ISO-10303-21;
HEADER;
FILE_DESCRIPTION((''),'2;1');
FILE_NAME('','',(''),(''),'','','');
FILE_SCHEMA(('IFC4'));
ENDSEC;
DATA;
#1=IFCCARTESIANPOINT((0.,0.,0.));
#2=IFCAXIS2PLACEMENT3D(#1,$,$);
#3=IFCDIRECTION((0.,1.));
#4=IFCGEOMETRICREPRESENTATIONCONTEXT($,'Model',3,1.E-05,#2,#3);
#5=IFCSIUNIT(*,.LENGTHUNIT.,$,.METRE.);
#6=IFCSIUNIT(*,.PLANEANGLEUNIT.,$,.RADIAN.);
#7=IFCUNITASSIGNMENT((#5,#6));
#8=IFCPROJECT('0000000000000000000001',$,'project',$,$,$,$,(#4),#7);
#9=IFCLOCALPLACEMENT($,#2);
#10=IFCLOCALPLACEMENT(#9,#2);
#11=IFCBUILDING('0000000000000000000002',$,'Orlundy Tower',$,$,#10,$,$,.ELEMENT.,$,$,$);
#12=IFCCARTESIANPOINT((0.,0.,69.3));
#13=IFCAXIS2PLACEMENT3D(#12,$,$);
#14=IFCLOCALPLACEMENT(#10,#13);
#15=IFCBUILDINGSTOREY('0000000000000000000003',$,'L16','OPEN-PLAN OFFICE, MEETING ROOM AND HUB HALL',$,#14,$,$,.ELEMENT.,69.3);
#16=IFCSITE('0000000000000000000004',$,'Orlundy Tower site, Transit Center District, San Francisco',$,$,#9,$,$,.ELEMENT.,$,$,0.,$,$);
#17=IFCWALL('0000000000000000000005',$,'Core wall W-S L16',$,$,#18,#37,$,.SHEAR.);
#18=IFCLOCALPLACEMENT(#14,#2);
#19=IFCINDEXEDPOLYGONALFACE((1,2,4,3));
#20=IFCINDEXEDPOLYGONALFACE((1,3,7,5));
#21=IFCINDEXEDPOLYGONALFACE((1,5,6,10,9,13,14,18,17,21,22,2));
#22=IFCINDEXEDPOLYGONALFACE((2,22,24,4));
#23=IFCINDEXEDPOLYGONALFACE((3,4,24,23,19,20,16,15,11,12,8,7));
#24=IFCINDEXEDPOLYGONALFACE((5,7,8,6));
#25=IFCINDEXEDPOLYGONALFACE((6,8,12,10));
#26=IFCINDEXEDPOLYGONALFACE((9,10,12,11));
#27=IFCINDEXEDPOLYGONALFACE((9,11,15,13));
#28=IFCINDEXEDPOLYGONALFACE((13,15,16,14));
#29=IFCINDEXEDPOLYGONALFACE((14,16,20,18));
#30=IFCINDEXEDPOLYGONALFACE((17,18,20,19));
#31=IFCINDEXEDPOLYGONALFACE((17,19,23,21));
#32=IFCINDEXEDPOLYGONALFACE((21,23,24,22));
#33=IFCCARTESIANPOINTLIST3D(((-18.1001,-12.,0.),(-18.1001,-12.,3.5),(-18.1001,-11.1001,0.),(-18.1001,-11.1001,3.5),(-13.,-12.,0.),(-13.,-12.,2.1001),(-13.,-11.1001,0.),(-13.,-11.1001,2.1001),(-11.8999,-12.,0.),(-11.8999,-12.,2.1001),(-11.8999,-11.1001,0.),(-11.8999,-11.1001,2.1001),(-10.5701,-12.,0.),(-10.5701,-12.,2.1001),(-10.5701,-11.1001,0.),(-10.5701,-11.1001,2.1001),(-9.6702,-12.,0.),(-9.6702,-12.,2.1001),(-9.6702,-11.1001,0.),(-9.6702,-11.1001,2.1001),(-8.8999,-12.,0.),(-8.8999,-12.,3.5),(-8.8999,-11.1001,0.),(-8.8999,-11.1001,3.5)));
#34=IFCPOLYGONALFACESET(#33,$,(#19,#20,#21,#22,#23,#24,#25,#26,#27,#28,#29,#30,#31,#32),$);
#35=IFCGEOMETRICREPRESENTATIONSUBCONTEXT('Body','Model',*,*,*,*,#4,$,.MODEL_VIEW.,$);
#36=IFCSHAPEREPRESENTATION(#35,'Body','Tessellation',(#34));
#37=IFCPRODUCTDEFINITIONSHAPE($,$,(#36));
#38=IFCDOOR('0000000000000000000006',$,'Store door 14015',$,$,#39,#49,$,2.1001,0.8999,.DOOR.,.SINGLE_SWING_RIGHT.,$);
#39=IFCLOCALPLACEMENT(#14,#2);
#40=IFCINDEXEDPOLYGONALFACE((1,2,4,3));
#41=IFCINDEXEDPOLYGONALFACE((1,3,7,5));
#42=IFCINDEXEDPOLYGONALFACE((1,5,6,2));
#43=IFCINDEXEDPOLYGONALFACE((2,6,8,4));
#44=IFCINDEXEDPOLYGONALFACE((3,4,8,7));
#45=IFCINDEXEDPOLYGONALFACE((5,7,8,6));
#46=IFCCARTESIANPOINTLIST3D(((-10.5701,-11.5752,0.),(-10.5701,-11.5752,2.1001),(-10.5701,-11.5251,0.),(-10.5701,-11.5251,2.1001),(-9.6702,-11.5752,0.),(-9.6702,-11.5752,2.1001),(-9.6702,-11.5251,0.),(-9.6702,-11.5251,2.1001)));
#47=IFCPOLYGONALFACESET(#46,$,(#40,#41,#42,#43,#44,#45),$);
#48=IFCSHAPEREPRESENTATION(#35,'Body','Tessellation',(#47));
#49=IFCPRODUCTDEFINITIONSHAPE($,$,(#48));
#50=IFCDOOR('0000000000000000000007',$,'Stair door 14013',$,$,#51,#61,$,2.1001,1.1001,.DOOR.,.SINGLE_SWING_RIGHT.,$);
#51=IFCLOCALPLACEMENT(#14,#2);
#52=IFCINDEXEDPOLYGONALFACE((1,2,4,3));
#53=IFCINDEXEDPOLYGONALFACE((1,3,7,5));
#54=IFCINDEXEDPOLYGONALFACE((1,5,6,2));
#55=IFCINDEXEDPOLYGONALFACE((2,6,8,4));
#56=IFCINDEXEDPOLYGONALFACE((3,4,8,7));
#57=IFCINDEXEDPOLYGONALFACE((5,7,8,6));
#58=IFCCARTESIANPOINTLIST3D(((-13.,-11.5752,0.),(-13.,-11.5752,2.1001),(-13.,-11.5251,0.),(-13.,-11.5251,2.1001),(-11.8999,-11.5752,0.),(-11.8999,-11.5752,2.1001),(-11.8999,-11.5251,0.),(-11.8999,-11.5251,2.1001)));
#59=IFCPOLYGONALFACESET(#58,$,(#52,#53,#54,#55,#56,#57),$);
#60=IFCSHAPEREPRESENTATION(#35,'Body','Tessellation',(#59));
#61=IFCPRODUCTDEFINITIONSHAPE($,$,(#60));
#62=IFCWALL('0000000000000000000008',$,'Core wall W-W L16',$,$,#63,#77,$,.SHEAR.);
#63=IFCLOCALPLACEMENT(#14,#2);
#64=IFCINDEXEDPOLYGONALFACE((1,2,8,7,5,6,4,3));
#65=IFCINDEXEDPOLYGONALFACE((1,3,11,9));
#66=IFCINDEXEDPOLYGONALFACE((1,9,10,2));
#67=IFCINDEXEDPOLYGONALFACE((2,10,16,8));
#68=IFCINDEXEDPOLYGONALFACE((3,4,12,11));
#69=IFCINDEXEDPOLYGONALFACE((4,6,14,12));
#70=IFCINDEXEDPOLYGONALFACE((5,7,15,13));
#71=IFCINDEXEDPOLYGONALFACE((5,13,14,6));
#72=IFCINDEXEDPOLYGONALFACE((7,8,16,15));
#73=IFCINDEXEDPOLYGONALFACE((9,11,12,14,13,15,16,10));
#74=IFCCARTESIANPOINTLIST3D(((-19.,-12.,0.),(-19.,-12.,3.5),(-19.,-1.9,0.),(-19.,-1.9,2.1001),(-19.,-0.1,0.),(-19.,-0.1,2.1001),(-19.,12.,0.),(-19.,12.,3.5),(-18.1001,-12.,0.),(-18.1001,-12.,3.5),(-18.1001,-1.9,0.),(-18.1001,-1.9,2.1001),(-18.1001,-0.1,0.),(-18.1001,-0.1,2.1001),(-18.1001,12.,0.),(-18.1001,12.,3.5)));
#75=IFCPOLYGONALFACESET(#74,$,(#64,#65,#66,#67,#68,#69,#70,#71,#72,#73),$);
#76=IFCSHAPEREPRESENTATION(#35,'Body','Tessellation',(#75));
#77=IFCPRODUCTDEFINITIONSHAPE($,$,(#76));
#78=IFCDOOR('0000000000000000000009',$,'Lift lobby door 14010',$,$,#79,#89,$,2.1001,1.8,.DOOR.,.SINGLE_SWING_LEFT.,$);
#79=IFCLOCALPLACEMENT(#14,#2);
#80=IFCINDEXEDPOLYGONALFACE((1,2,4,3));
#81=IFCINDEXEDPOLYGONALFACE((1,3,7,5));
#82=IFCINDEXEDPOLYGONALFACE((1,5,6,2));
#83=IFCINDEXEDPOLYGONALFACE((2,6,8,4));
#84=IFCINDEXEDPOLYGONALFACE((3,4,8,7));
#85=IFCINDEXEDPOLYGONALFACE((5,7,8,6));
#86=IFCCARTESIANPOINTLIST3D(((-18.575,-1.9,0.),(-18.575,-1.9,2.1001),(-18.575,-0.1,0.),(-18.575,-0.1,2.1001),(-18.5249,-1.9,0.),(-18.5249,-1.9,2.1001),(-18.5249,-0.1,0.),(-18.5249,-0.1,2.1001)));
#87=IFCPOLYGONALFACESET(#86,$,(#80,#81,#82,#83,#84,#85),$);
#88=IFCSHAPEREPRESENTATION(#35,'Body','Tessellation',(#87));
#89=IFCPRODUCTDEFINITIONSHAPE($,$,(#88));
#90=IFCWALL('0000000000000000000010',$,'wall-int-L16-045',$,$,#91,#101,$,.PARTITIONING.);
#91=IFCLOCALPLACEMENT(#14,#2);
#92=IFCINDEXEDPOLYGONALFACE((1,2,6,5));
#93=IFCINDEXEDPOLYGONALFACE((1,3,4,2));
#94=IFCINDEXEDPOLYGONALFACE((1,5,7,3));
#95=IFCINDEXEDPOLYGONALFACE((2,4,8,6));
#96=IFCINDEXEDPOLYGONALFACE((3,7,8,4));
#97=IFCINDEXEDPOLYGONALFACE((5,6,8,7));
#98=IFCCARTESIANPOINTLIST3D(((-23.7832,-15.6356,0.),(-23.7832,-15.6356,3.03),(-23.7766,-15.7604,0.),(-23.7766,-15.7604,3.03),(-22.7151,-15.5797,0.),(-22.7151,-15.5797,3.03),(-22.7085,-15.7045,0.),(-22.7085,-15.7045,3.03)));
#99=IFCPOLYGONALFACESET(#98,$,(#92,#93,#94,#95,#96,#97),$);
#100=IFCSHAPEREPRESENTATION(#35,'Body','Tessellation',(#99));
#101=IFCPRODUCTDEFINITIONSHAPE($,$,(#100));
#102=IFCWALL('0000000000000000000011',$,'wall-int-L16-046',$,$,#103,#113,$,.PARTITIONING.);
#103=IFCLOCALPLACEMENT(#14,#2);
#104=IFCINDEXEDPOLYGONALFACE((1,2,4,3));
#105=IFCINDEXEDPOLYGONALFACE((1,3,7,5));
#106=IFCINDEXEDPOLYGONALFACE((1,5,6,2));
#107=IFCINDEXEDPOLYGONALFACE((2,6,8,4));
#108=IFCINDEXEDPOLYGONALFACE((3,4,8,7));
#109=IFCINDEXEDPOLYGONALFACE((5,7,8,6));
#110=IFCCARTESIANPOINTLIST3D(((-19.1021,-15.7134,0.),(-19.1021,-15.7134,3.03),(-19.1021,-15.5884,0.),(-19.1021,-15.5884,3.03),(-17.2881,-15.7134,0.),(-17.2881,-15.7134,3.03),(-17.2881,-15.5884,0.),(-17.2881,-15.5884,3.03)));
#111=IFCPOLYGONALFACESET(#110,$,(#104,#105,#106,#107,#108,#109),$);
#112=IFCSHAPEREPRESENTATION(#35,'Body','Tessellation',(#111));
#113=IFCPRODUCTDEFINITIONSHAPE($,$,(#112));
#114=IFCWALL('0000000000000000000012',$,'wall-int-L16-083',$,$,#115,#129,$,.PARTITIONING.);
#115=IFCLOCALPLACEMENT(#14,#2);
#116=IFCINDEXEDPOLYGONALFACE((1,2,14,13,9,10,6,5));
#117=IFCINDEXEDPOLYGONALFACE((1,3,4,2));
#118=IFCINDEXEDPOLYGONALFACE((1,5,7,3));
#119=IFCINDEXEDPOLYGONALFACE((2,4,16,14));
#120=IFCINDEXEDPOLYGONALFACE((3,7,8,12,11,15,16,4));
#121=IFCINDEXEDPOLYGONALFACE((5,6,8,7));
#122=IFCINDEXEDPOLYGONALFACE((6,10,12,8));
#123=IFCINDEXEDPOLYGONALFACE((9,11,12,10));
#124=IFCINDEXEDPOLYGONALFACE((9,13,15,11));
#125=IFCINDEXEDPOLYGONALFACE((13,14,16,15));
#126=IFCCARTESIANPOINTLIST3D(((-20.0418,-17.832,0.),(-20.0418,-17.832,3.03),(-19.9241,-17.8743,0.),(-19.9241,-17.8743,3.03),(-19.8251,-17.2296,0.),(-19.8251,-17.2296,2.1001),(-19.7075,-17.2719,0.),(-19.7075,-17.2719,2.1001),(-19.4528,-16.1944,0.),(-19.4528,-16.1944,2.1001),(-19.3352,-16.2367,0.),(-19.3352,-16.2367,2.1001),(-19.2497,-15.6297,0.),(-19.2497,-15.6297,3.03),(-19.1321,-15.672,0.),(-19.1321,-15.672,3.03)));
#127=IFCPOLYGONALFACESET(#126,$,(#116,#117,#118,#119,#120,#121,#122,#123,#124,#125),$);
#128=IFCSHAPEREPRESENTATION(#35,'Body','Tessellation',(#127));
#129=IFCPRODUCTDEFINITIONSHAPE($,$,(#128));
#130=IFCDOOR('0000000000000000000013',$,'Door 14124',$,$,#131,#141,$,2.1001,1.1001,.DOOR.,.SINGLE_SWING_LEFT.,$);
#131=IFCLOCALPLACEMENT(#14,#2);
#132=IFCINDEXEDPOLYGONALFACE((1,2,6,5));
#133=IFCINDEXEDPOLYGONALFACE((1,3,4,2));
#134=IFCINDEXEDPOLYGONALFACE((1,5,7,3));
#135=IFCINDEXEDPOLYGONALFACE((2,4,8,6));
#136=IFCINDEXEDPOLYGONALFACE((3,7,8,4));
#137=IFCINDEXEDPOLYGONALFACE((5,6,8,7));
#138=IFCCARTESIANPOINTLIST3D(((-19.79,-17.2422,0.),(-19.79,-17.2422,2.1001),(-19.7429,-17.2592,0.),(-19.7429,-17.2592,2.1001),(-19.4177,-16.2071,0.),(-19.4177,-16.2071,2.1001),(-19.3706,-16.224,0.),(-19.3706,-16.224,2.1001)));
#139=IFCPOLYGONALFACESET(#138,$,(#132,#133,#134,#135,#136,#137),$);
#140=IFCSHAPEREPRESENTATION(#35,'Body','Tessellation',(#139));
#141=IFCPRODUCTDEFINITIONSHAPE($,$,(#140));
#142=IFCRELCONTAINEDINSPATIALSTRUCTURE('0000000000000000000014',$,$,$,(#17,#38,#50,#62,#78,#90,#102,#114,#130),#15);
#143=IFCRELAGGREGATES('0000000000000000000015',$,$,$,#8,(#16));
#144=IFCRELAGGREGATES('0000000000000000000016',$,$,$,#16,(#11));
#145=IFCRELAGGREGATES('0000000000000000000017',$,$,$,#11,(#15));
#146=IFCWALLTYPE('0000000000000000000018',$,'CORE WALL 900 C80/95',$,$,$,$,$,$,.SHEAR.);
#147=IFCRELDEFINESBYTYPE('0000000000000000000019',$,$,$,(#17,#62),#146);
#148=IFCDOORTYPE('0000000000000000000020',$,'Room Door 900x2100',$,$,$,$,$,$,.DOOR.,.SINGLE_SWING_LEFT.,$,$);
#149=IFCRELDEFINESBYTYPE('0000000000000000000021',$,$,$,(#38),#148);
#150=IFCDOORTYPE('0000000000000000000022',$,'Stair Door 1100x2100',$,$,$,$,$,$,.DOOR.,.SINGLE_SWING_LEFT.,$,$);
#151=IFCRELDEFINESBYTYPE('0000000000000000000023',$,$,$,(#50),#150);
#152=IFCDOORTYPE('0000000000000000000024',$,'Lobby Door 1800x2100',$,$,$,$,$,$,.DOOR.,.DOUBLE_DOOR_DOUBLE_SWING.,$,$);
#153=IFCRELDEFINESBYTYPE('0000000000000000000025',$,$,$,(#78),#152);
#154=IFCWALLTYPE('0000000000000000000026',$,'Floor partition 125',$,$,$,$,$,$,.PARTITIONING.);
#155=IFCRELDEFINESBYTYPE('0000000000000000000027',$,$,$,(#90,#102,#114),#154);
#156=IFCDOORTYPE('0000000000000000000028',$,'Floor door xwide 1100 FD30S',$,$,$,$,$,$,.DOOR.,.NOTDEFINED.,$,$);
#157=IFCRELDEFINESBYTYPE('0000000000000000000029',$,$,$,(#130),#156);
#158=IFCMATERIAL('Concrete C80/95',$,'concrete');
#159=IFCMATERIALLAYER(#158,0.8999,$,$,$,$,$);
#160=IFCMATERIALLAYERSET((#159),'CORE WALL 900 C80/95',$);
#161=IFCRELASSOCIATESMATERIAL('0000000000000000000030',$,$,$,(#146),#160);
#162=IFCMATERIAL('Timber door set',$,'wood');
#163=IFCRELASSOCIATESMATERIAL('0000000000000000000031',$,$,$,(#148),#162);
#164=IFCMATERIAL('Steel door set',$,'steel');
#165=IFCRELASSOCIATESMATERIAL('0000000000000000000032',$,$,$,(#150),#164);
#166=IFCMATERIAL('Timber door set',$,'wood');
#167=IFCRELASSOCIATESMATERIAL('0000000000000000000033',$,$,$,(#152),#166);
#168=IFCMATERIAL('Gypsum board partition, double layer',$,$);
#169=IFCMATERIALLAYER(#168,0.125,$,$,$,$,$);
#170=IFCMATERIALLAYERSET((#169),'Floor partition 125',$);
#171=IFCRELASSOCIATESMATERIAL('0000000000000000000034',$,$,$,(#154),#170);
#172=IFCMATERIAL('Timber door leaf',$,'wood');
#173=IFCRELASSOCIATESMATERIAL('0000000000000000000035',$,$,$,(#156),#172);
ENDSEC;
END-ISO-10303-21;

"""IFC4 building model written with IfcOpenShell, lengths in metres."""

from ifc_helpers import new_model, si_unit, direction, frame, frame_2d, origin, place, context, subcontext, project, spatial, rectangle, extrude, material, layer, layer_set, type_object, element, fill, save


model = new_model("IFC4")

# Units and contexts
model_context = context("Model", 3, precision=1e-05, world=origin(), true_north=direction((0.0, 1.0)))
body_context = subcontext(model_context, "Body", "Model", "MODEL_VIEW")
ifc_project = project(units=[si_unit("LENGTHUNIT", "METRE"), si_unit("PLANEANGLEUNIT", "RADIAN")], contexts=[model_context])

# Site, building, storey
site_placement = place(None, origin())
site = spatial("IfcSite", under=ifc_project, at=site_placement, Name="Orlundy Tower site, Transit Center District, San Francisco", CompositionType="ELEMENT", RefElevation=0.0)
building_placement = place(site_placement, origin())
building = spatial("IfcBuilding", under=site, at=building_placement, Name="Orlundy Tower", CompositionType="ELEMENT")
storey_placement = place(building_placement, frame((0.0, 0.0, 69.3)))
storey = spatial("IfcBuildingStorey", under=building, at=storey_placement, Name="L16", Description="OPEN-PLAN OFFICE, MEETING ROOM AND HUB HALL", CompositionType="ELEMENT", Elevation=69.3)

# Wall, openings, doors
ifc_material_1 = material(Name="Concrete C80/95", Category="concrete")
ifc_layer_1 = layer(ifc_material_1, 0.8999)
ifc_layer_set_1 = layer_set([ifc_layer_1], Name="CORE WALL 900 C80/95")
wall_type_1 = type_object("IfcWallType", Name="CORE WALL 900 C80/95", PredefinedType="SHEAR", material=ifc_layer_set_1)
wall_1_placement = place(storey_placement, frame((-18.1001, -11.55, 0.0), z_axis=(0.0, 0.0, 1.0), x_axis=(1.0, 0.0, 0.0)))
wall_1 = element("IfcWall", 1, at=wall_1_placement, inside=storey, type_object=wall_type_1, Name="Core wall W-S L16", PredefinedType="SHEAR", context=body_context, shape_type="SweptSolid", body=[
    extrude(rectangle(XDim=9.2002, YDim=0.8999, at=frame_2d((4.6001, 0.0))), origin(), (0.0, 0.0, 1.0), 3.5),
])
opening_1_placement = place(wall_1_placement, frame((5.1001, 0.0, 0.0)))
opening_1 = element("IfcOpeningElement", 2, at=opening_1_placement, cuts=wall_1, PredefinedType="OPENING", context=body_context, shape_type="SweptSolid", body=[
    extrude(rectangle(XDim=1.1001, YDim=2.1001, at=frame_2d((0.55, 1.05))), frame((0.0, 0.46, 0.0), z_axis=(0.0, -1.0, 0.0), x_axis=(1.0, 0.0, 0.0)), (0.0, 0.0, 1.0), 0.9199),
])
opening_2_placement = place(wall_1_placement, frame((7.53, 0.0, 0.0)))
opening_2 = element("IfcOpeningElement", 3, at=opening_2_placement, cuts=wall_1, PredefinedType="OPENING", context=body_context, shape_type="SweptSolid", body=[
    extrude(rectangle(XDim=0.8999, YDim=2.1001, at=frame_2d((0.45, 1.05))), frame((0.0, 0.46, 0.0), z_axis=(0.0, -1.0, 0.0), x_axis=(1.0, 0.0, 0.0)), (0.0, 0.0, 1.0), 0.9199),
])
ifc_material_2 = material(Name="Timber door set", Category="wood")
door_type_1 = type_object("IfcDoorType", Name="Room Door 900x2100", OperationType="SINGLE_SWING_LEFT", PredefinedType="DOOR", material=ifc_material_2)
door_1_placement = place(opening_2_placement, origin())
door_1 = element("IfcDoor", 4, at=door_1_placement, inside=storey, type_object=door_type_1, Name="Store door 14015", OperationType="SINGLE_SWING_RIGHT", OverallHeight=2.1001, OverallWidth=0.8999, PredefinedType="DOOR", context=body_context, shape_type="SweptSolid", body=[
    extrude(rectangle(XDim=0.8999, YDim=2.1001, at=frame_2d((0.45, 1.05))), frame((0.0, 0.0249, 0.0), z_axis=(0.0, -1.0, 0.0), x_axis=(1.0, 0.0, 0.0)), (0.0, 0.0, 1.0), 0.05),
])
fill(opening_2, door_1)
ifc_material_3 = material(Name="Steel door set", Category="steel")
door_type_2 = type_object("IfcDoorType", Name="Stair Door 1100x2100", OperationType="SINGLE_SWING_LEFT", PredefinedType="DOOR", material=ifc_material_3)
door_2_placement = place(opening_1_placement, origin())
door_2 = element("IfcDoor", 5, at=door_2_placement, inside=storey, type_object=door_type_2, Name="Stair door 14013", OperationType="SINGLE_SWING_RIGHT", OverallHeight=2.1001, OverallWidth=1.1001, PredefinedType="DOOR", context=body_context, shape_type="SweptSolid", body=[
    extrude(rectangle(XDim=1.1001, YDim=2.1001, at=frame_2d((0.55, 1.05))), frame((0.0, 0.0249, 0.0), z_axis=(0.0, -1.0, 0.0), x_axis=(1.0, 0.0, 0.0)), (0.0, 0.0, 1.0), 0.05),
])
fill(opening_1, door_2)

# Wall, opening, door
wall_2_placement = place(storey_placement, frame((-18.55, -12.0, 0.0), z_axis=(0.0, 0.0, 1.0), x_axis=(0.0, 1.0, 0.0)))
wall_2 = element("IfcWall", 6, at=wall_2_placement, inside=storey, type_object=wall_type_1, Name="Core wall W-W L16", PredefinedType="SHEAR", context=body_context, shape_type="SweptSolid", body=[
    extrude(rectangle(XDim=24.0, YDim=0.8999, at=frame_2d((12.0, 0.0))), origin(), (0.0, 0.0, 1.0), 3.5),
])
opening_3_placement = place(wall_2_placement, frame((10.1001, 0.0, 0.0)))
opening_3 = element("IfcOpeningElement", 7, at=opening_3_placement, cuts=wall_2, PredefinedType="OPENING", context=body_context, shape_type="SweptSolid", body=[
    extrude(rectangle(XDim=1.8, YDim=2.1001, at=frame_2d((0.8999, 1.05))), frame((0.0, 0.46, 0.0), z_axis=(0.0, -1.0, 0.0), x_axis=(1.0, 0.0, 0.0)), (0.0, 0.0, 1.0), 0.9199),
])
ifc_material_4 = material(Name="Timber door set", Category="wood")
door_type_3 = type_object("IfcDoorType", Name="Lobby Door 1800x2100", OperationType="DOUBLE_DOOR_DOUBLE_SWING", PredefinedType="DOOR", material=ifc_material_4)
door_3_placement = place(opening_3_placement, origin())
door_3 = element("IfcDoor", 8, at=door_3_placement, inside=storey, type_object=door_type_3, Name="Lift lobby door 14010", OperationType="SINGLE_SWING_LEFT", OverallHeight=2.1001, OverallWidth=1.8, PredefinedType="DOOR", context=body_context, shape_type="SweptSolid", body=[
    extrude(rectangle(XDim=1.8, YDim=2.1001, at=frame_2d((0.8999, 1.05))), frame((0.0, 0.0249, 0.0), z_axis=(0.0, -1.0, 0.0), x_axis=(1.0, 0.0, 0.0)), (0.0, 0.0, 1.0), 0.05),
])
fill(opening_3, door_3)

# Walls
ifc_material_5 = material(Name="Gypsum board partition, double layer")
ifc_layer_2 = layer(ifc_material_5, 0.125)
ifc_layer_set_2 = layer_set([ifc_layer_2], Name="Floor partition 125")
wall_type_2 = type_object("IfcWallType", Name="Floor partition 125", PredefinedType="PARTITIONING", material=ifc_layer_set_2)
wall_3_placement = place(storey_placement, frame((-22.7119, -15.6421, 0.0), z_axis=(0.0, 0.0, 1.0), x_axis=(-0.998633, -0.052271, 0.0)))
element("IfcWall", 9, at=wall_3_placement, inside=storey, type_object=wall_type_2, Name="wall-int-L16-045", PredefinedType="PARTITIONING", context=body_context, shape_type="SweptSolid", body=[
    extrude(rectangle(XDim=1.0696, YDim=0.125, at=frame_2d((0.5347, 0.0))), origin(), (0.0, 0.0, 1.0), 3.03),
])
wall_4_placement = place(storey_placement, frame((-19.1021, -15.6509, 0.0), z_axis=(0.0, 0.0, 1.0), x_axis=(1.0, 0.0, 0.0)))
element("IfcWall", 10, at=wall_4_placement, inside=storey, type_object=wall_type_2, Name="wall-int-L16-046", PredefinedType="PARTITIONING", context=body_context, shape_type="SweptSolid", body=[
    extrude(rectangle(XDim=1.814, YDim=0.125, at=frame_2d((0.907, 0.0))), origin(), (0.0, 0.0, 1.0), 3.03),
])

# Wall, opening, door
wall_5_placement = place(storey_placement, frame((-19.1909, -15.6509, 0.0), z_axis=(0.0, 0.0, 1.0), x_axis=(-0.338424, -0.940994, 0.0)))
wall_5 = element("IfcWall", 11, at=wall_5_placement, inside=storey, type_object=wall_type_2, Name="wall-int-L16-083", PredefinedType="PARTITIONING", context=body_context, shape_type="SweptSolid", body=[
    extrude(rectangle(XDim=2.3403, YDim=0.125, at=frame_2d((1.1702, 0.0))), origin(), (0.0, 0.0, 1.0), 3.03),
])
opening_4_placement = place(wall_5_placement, frame((0.6001, 0.0, 0.0)))
opening_4 = element("IfcOpeningElement", 12, at=opening_4_placement, cuts=wall_5, PredefinedType="OPENING", context=body_context, shape_type="SweptSolid", body=[
    extrude(rectangle(XDim=1.1001, YDim=2.1001, at=frame_2d((0.55, 1.05))), frame((0.0, 0.0725, 0.0), z_axis=(0.0, -1.0, 0.0), x_axis=(1.0, 0.0, 0.0)), (0.0, 0.0, 1.0), 0.145),
])
ifc_material_6 = material(Name="Timber door leaf", Category="wood")
door_type_4 = type_object("IfcDoorType", Name="Floor door xwide 1100 FD30S", OperationType="NOTDEFINED", PredefinedType="DOOR", material=ifc_material_6)
door_4_placement = place(opening_4_placement, origin())
door_4 = element("IfcDoor", 13, at=door_4_placement, inside=storey, type_object=door_type_4, Name="Door 14124", OperationType="SINGLE_SWING_LEFT", OverallHeight=2.1001, OverallWidth=1.1001, PredefinedType="DOOR", context=body_context, shape_type="SweptSolid", body=[
    extrude(rectangle(XDim=1.1001, YDim=2.1001, at=frame_2d((0.55, 1.05))), frame((0.0, 0.0249, 0.0), z_axis=(0.0, -1.0, 0.0), x_axis=(1.0, 0.0, 0.0)), (0.0, 0.0, 1.0), 0.05),
])
fill(opening_4, door_4)

save(model, "model.ifc")
